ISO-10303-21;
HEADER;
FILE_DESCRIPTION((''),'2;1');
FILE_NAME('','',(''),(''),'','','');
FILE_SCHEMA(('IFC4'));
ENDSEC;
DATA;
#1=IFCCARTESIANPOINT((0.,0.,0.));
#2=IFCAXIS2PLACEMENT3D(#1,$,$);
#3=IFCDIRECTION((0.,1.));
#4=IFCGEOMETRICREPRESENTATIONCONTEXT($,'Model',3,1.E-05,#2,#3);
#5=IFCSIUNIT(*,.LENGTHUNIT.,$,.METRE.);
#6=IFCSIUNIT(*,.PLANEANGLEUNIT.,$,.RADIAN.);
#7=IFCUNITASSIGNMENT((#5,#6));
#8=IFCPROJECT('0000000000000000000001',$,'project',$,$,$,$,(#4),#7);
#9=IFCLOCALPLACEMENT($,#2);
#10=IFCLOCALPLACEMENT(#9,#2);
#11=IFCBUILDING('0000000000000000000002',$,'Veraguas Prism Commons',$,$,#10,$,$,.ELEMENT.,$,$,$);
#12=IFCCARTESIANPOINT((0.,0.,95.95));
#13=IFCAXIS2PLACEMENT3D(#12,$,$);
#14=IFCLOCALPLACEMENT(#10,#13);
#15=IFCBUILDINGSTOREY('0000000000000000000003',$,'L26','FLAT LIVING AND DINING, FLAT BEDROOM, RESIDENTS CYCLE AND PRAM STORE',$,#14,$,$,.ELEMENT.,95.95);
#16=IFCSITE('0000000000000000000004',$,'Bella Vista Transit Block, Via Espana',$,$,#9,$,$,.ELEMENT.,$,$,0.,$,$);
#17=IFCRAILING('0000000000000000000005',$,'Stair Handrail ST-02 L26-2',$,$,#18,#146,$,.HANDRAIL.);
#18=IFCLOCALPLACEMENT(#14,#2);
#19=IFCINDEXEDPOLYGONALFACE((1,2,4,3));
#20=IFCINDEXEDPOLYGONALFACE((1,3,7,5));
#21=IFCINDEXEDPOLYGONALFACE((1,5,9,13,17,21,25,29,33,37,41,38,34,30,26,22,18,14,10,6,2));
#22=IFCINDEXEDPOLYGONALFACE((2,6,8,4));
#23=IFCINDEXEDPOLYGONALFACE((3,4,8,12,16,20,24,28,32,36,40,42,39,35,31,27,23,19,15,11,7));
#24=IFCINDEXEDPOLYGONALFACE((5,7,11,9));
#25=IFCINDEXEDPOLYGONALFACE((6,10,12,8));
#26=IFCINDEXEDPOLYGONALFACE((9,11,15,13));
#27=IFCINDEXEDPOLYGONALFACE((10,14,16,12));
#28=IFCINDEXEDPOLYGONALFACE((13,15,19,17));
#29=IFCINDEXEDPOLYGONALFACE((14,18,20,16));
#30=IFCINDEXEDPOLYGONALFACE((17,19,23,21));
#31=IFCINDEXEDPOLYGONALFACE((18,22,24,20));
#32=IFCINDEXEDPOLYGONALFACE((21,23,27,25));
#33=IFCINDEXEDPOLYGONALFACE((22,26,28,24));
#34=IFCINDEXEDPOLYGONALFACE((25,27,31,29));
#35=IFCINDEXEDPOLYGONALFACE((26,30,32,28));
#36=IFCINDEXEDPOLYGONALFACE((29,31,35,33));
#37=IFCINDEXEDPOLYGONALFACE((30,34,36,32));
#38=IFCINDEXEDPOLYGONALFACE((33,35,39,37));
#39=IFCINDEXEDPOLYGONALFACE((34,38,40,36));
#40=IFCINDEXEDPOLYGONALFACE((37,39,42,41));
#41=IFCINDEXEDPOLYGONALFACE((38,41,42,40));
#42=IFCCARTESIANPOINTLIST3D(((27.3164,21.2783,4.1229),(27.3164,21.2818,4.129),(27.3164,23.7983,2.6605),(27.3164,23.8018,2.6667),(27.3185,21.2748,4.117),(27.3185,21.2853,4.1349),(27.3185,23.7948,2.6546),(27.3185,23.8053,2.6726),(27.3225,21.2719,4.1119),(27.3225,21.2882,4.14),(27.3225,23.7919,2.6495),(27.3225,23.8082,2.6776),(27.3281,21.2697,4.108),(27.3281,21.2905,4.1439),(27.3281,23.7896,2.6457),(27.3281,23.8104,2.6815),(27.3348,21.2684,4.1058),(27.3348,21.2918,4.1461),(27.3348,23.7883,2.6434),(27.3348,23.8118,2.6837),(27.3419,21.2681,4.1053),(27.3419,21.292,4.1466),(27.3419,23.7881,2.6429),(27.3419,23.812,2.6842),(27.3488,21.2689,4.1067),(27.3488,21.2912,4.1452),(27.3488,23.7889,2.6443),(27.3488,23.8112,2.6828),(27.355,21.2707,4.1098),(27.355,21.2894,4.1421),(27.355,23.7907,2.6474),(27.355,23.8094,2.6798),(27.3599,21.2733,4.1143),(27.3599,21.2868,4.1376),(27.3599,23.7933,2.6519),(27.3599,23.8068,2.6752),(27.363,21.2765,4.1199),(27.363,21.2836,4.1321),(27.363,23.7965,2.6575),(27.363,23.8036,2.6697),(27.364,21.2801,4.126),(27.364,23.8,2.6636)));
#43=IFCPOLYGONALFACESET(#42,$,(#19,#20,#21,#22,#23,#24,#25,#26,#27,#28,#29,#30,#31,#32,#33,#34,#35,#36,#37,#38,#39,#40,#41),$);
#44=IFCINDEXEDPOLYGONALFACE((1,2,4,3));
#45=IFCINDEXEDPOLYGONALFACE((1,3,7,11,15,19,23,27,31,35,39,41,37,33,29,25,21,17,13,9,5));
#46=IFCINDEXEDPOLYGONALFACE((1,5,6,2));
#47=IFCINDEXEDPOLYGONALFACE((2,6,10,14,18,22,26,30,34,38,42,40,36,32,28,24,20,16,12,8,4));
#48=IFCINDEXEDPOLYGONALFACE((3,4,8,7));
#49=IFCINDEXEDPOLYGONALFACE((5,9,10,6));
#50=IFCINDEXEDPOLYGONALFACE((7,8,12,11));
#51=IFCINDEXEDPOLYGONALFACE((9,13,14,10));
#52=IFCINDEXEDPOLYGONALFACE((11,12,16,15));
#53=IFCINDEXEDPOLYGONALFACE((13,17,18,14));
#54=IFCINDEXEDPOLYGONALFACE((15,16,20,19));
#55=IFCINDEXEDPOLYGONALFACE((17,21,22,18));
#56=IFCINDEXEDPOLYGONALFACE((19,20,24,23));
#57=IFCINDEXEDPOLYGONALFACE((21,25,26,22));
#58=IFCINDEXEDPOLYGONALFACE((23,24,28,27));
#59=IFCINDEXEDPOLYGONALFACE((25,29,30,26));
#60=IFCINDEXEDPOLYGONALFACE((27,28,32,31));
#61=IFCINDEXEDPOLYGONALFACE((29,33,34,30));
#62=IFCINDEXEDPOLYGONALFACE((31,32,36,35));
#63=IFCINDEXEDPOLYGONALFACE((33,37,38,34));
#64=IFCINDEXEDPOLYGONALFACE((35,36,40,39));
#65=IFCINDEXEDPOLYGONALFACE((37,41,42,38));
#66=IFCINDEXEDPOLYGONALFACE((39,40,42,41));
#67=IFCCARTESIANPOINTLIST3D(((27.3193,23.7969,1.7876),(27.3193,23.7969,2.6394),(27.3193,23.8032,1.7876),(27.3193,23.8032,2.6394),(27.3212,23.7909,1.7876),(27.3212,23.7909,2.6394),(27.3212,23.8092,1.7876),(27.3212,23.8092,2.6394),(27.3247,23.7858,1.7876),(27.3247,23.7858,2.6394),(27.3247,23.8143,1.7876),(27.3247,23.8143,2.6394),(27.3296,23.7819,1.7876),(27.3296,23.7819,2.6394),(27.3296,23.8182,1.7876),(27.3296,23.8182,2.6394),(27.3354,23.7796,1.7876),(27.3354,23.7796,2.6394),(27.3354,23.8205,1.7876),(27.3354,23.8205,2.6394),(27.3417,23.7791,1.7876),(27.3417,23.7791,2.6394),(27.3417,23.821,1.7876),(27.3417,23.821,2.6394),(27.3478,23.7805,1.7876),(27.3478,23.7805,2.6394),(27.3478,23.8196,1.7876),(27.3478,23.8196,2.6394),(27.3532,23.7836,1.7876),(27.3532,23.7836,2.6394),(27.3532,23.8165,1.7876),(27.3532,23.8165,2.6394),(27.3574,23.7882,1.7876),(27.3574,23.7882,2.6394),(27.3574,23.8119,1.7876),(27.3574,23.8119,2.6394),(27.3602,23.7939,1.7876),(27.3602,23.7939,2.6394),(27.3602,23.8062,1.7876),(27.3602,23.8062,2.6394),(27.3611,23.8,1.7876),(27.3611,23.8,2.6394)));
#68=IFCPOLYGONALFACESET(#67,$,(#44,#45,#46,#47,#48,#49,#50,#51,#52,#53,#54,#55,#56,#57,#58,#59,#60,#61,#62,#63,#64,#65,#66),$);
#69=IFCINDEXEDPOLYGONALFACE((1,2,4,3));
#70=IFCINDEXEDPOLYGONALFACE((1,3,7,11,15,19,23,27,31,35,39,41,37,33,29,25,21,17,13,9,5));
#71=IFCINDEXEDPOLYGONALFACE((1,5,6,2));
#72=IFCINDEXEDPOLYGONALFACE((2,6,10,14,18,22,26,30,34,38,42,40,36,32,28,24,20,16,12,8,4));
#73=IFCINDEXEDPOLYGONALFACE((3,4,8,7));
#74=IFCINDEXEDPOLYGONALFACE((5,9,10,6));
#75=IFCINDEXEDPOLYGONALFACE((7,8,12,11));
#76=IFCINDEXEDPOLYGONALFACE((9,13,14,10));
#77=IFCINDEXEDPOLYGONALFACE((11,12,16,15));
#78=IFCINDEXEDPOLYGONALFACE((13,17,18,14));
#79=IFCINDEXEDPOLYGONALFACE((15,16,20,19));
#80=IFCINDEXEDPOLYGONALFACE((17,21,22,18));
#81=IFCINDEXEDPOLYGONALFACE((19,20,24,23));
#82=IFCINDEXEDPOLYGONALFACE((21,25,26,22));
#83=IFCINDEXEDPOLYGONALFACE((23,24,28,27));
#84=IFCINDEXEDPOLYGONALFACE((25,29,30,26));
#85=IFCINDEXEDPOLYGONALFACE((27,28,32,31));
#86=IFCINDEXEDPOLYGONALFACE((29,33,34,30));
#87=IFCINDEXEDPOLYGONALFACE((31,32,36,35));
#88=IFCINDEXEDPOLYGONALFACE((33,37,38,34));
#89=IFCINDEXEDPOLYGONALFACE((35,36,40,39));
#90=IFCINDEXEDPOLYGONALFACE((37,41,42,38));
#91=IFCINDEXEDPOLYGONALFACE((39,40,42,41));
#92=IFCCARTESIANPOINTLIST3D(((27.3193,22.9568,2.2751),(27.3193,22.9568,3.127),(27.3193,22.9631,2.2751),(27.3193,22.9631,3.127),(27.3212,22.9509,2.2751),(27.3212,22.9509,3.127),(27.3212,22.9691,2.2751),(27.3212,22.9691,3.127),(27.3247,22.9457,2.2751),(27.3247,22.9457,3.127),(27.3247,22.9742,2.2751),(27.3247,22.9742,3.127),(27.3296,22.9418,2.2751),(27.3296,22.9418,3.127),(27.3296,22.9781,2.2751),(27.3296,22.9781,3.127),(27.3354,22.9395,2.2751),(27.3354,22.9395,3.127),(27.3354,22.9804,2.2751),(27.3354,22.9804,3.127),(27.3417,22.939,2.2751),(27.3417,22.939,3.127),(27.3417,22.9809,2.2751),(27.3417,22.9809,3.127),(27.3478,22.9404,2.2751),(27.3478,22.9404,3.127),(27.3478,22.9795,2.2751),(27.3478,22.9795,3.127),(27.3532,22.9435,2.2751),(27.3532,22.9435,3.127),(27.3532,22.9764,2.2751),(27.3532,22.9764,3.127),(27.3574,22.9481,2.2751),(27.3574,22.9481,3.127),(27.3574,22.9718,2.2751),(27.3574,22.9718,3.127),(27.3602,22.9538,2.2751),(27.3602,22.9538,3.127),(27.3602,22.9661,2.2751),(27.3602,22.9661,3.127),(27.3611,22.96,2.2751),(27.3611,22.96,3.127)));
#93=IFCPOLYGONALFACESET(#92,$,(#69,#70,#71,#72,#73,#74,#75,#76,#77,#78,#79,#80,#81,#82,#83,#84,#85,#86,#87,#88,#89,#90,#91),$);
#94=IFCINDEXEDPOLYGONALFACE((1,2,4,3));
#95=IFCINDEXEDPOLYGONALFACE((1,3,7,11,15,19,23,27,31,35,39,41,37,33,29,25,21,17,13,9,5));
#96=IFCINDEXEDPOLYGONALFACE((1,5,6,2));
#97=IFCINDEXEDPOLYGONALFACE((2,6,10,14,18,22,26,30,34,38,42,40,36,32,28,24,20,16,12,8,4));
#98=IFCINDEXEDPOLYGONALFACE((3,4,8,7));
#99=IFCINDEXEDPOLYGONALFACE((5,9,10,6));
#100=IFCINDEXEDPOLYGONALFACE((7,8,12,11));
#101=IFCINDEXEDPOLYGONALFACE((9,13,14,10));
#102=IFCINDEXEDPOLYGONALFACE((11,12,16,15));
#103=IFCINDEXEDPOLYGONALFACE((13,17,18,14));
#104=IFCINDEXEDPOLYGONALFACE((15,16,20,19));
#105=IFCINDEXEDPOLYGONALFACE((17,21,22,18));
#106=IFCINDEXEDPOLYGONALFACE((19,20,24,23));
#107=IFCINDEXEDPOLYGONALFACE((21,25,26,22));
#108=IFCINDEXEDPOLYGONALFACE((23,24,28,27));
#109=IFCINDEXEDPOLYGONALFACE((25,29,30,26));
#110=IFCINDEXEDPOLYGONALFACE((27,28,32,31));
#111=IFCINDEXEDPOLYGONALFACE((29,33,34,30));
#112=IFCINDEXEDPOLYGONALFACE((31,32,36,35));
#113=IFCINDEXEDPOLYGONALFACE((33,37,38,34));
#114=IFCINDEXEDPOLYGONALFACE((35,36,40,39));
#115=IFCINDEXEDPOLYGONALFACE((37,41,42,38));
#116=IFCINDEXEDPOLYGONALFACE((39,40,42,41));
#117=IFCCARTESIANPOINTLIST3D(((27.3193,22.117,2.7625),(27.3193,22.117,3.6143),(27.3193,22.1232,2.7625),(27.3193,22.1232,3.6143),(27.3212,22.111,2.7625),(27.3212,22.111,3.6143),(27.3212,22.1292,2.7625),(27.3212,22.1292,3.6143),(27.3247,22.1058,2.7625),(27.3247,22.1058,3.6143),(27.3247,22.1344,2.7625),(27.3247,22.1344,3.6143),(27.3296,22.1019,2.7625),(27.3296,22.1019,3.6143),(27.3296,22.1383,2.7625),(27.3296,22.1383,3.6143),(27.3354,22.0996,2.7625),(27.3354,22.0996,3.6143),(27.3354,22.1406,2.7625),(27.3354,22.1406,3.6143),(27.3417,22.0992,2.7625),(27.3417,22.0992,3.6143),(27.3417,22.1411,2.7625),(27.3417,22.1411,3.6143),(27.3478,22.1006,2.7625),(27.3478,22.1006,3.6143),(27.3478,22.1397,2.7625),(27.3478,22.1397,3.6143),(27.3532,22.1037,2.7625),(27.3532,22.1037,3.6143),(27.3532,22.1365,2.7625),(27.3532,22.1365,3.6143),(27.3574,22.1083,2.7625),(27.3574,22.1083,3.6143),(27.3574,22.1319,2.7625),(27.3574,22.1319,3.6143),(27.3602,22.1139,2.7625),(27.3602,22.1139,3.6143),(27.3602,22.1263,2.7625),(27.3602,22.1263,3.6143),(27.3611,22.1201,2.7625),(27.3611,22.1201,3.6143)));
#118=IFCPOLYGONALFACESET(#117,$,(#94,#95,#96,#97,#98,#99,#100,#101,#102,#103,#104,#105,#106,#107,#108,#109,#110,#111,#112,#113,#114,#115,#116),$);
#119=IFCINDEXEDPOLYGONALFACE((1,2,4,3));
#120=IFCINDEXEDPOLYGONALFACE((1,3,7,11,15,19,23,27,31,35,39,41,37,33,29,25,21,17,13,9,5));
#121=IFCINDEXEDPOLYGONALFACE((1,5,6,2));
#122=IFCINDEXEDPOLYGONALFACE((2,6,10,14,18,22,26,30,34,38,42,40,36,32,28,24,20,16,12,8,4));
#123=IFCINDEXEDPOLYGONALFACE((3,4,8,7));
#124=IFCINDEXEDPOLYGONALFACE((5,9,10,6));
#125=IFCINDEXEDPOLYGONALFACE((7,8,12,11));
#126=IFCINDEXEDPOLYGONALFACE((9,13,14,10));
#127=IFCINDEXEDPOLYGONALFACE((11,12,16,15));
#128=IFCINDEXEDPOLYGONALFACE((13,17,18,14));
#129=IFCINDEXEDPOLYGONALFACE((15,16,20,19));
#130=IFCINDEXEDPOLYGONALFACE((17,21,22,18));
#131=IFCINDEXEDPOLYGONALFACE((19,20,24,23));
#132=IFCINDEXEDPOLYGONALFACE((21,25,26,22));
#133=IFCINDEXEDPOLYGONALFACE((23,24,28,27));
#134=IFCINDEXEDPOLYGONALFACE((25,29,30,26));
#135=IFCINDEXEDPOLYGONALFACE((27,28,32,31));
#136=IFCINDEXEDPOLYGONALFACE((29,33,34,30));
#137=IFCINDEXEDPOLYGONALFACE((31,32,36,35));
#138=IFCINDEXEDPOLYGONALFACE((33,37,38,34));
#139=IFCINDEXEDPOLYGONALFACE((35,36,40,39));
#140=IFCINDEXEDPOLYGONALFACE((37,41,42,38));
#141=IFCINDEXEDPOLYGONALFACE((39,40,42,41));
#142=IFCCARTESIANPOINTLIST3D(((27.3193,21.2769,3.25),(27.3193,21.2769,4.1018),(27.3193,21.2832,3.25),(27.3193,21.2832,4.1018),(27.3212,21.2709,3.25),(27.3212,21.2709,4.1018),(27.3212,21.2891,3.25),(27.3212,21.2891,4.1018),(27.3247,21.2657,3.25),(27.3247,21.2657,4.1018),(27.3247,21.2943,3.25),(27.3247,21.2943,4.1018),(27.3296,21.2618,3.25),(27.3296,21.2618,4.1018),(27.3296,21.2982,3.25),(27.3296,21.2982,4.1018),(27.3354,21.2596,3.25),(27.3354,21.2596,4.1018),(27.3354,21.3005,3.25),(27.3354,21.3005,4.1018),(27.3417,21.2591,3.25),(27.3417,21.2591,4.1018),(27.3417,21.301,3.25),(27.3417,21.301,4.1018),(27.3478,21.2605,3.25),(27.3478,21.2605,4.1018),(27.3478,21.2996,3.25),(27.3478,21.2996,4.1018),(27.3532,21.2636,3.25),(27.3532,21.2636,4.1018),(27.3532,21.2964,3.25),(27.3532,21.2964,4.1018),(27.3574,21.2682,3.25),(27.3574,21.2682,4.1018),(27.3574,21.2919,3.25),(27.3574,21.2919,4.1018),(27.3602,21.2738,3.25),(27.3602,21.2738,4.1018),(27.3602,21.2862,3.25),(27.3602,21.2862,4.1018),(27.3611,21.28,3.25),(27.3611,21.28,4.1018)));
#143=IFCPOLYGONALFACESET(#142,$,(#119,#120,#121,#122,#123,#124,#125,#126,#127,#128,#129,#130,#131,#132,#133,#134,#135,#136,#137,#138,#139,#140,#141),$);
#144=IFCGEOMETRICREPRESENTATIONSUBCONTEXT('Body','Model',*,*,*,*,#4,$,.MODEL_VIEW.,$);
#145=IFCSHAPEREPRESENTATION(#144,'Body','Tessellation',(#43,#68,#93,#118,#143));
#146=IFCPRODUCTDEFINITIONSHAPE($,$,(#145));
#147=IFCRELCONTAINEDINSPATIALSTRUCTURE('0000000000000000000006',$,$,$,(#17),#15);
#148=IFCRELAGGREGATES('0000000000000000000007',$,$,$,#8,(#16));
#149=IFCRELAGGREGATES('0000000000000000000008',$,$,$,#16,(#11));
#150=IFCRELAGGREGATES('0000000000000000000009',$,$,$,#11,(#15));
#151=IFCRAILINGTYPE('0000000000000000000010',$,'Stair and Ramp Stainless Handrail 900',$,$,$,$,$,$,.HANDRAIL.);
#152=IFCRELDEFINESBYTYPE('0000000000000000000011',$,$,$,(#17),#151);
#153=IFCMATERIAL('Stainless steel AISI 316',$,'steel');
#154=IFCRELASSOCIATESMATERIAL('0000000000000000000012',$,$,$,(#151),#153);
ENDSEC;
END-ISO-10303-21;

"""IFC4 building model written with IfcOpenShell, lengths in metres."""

from ifc_helpers import new_model, si_unit, direction, frame, origin, origin_2d, place, context, subcontext, project, spatial, circle, extrude, material, type_object, element, save


model = new_model("IFC4")

# Units and contexts
model_context = context("Model", 3, precision=1e-05, world=origin(), true_north=direction((0.0, 1.0)))
body_context = subcontext(model_context, "Body", "Model", "MODEL_VIEW")
ifc_project = project(units=[si_unit("LENGTHUNIT", "METRE"), si_unit("PLANEANGLEUNIT", "RADIAN")], contexts=[model_context])

# Site, building, storey
site_placement = place(None, origin())
site = spatial("IfcSite", under=ifc_project, at=site_placement, Name="Bella Vista Transit Block, Via Espana", CompositionType="ELEMENT", RefElevation=0.0)
building_placement = place(site_placement, origin())
building = spatial("IfcBuilding", under=site, at=building_placement, Name="Veraguas Prism Commons", CompositionType="ELEMENT")
storey_placement = place(building_placement, frame((0.0, 0.0, 95.95)))
storey = spatial("IfcBuildingStorey", under=building, at=storey_placement, Name="L26", Description="FLAT LIVING AND DINING, FLAT BEDROOM, RESIDENTS CYCLE AND PRAM STORE", CompositionType="ELEMENT", Elevation=95.95)

# Shared definitions
ifc_material_1 = material(Name="Stainless steel AISI 316", Category="steel")

# Railing
railing_type_1 = type_object("IfcRailingType", Name="Stair and Ramp Stainless Handrail 900", PredefinedType="HANDRAIL", material=ifc_material_1)
railing_1_placement = place(storey_placement, frame((27.3401, 23.8, 1.7876)))
element("IfcRailing", 1, at=railing_1_placement, inside=storey, type_object=railing_type_1, Name="Stair Handrail ST-02 L26-2", PredefinedType="HANDRAIL", context=body_context, shape_type="SweptSolid", body=[
    extrude(circle(Radius=0.0239, at=origin_2d()), frame((0.0, 0.0, 0.876), z_axis=(0.0, -0.864913, 0.501921), x_axis=(1.0, 0.0, 0.0)), (0.0, 0.0, 1.0), 2.9136),
    extrude(circle(Radius=0.021, at=origin_2d()), origin(), (0.0, 0.0, 1.0), 0.8518),
    extrude(circle(Radius=0.021, at=origin_2d()), frame((0.0, -0.8401, 0.4875)), (0.0, 0.0, 1.0), 0.8518),
    extrude(circle(Radius=0.021, at=origin_2d()), frame((0.0, -1.6799, 0.9749)), (0.0, 0.0, 1.0), 0.8518),
    extrude(circle(Radius=0.021, at=origin_2d()), frame((0.0, -2.52, 1.4624)), (0.0, 0.0, 1.0), 0.8518),
])

save(model, "model.ifc")
